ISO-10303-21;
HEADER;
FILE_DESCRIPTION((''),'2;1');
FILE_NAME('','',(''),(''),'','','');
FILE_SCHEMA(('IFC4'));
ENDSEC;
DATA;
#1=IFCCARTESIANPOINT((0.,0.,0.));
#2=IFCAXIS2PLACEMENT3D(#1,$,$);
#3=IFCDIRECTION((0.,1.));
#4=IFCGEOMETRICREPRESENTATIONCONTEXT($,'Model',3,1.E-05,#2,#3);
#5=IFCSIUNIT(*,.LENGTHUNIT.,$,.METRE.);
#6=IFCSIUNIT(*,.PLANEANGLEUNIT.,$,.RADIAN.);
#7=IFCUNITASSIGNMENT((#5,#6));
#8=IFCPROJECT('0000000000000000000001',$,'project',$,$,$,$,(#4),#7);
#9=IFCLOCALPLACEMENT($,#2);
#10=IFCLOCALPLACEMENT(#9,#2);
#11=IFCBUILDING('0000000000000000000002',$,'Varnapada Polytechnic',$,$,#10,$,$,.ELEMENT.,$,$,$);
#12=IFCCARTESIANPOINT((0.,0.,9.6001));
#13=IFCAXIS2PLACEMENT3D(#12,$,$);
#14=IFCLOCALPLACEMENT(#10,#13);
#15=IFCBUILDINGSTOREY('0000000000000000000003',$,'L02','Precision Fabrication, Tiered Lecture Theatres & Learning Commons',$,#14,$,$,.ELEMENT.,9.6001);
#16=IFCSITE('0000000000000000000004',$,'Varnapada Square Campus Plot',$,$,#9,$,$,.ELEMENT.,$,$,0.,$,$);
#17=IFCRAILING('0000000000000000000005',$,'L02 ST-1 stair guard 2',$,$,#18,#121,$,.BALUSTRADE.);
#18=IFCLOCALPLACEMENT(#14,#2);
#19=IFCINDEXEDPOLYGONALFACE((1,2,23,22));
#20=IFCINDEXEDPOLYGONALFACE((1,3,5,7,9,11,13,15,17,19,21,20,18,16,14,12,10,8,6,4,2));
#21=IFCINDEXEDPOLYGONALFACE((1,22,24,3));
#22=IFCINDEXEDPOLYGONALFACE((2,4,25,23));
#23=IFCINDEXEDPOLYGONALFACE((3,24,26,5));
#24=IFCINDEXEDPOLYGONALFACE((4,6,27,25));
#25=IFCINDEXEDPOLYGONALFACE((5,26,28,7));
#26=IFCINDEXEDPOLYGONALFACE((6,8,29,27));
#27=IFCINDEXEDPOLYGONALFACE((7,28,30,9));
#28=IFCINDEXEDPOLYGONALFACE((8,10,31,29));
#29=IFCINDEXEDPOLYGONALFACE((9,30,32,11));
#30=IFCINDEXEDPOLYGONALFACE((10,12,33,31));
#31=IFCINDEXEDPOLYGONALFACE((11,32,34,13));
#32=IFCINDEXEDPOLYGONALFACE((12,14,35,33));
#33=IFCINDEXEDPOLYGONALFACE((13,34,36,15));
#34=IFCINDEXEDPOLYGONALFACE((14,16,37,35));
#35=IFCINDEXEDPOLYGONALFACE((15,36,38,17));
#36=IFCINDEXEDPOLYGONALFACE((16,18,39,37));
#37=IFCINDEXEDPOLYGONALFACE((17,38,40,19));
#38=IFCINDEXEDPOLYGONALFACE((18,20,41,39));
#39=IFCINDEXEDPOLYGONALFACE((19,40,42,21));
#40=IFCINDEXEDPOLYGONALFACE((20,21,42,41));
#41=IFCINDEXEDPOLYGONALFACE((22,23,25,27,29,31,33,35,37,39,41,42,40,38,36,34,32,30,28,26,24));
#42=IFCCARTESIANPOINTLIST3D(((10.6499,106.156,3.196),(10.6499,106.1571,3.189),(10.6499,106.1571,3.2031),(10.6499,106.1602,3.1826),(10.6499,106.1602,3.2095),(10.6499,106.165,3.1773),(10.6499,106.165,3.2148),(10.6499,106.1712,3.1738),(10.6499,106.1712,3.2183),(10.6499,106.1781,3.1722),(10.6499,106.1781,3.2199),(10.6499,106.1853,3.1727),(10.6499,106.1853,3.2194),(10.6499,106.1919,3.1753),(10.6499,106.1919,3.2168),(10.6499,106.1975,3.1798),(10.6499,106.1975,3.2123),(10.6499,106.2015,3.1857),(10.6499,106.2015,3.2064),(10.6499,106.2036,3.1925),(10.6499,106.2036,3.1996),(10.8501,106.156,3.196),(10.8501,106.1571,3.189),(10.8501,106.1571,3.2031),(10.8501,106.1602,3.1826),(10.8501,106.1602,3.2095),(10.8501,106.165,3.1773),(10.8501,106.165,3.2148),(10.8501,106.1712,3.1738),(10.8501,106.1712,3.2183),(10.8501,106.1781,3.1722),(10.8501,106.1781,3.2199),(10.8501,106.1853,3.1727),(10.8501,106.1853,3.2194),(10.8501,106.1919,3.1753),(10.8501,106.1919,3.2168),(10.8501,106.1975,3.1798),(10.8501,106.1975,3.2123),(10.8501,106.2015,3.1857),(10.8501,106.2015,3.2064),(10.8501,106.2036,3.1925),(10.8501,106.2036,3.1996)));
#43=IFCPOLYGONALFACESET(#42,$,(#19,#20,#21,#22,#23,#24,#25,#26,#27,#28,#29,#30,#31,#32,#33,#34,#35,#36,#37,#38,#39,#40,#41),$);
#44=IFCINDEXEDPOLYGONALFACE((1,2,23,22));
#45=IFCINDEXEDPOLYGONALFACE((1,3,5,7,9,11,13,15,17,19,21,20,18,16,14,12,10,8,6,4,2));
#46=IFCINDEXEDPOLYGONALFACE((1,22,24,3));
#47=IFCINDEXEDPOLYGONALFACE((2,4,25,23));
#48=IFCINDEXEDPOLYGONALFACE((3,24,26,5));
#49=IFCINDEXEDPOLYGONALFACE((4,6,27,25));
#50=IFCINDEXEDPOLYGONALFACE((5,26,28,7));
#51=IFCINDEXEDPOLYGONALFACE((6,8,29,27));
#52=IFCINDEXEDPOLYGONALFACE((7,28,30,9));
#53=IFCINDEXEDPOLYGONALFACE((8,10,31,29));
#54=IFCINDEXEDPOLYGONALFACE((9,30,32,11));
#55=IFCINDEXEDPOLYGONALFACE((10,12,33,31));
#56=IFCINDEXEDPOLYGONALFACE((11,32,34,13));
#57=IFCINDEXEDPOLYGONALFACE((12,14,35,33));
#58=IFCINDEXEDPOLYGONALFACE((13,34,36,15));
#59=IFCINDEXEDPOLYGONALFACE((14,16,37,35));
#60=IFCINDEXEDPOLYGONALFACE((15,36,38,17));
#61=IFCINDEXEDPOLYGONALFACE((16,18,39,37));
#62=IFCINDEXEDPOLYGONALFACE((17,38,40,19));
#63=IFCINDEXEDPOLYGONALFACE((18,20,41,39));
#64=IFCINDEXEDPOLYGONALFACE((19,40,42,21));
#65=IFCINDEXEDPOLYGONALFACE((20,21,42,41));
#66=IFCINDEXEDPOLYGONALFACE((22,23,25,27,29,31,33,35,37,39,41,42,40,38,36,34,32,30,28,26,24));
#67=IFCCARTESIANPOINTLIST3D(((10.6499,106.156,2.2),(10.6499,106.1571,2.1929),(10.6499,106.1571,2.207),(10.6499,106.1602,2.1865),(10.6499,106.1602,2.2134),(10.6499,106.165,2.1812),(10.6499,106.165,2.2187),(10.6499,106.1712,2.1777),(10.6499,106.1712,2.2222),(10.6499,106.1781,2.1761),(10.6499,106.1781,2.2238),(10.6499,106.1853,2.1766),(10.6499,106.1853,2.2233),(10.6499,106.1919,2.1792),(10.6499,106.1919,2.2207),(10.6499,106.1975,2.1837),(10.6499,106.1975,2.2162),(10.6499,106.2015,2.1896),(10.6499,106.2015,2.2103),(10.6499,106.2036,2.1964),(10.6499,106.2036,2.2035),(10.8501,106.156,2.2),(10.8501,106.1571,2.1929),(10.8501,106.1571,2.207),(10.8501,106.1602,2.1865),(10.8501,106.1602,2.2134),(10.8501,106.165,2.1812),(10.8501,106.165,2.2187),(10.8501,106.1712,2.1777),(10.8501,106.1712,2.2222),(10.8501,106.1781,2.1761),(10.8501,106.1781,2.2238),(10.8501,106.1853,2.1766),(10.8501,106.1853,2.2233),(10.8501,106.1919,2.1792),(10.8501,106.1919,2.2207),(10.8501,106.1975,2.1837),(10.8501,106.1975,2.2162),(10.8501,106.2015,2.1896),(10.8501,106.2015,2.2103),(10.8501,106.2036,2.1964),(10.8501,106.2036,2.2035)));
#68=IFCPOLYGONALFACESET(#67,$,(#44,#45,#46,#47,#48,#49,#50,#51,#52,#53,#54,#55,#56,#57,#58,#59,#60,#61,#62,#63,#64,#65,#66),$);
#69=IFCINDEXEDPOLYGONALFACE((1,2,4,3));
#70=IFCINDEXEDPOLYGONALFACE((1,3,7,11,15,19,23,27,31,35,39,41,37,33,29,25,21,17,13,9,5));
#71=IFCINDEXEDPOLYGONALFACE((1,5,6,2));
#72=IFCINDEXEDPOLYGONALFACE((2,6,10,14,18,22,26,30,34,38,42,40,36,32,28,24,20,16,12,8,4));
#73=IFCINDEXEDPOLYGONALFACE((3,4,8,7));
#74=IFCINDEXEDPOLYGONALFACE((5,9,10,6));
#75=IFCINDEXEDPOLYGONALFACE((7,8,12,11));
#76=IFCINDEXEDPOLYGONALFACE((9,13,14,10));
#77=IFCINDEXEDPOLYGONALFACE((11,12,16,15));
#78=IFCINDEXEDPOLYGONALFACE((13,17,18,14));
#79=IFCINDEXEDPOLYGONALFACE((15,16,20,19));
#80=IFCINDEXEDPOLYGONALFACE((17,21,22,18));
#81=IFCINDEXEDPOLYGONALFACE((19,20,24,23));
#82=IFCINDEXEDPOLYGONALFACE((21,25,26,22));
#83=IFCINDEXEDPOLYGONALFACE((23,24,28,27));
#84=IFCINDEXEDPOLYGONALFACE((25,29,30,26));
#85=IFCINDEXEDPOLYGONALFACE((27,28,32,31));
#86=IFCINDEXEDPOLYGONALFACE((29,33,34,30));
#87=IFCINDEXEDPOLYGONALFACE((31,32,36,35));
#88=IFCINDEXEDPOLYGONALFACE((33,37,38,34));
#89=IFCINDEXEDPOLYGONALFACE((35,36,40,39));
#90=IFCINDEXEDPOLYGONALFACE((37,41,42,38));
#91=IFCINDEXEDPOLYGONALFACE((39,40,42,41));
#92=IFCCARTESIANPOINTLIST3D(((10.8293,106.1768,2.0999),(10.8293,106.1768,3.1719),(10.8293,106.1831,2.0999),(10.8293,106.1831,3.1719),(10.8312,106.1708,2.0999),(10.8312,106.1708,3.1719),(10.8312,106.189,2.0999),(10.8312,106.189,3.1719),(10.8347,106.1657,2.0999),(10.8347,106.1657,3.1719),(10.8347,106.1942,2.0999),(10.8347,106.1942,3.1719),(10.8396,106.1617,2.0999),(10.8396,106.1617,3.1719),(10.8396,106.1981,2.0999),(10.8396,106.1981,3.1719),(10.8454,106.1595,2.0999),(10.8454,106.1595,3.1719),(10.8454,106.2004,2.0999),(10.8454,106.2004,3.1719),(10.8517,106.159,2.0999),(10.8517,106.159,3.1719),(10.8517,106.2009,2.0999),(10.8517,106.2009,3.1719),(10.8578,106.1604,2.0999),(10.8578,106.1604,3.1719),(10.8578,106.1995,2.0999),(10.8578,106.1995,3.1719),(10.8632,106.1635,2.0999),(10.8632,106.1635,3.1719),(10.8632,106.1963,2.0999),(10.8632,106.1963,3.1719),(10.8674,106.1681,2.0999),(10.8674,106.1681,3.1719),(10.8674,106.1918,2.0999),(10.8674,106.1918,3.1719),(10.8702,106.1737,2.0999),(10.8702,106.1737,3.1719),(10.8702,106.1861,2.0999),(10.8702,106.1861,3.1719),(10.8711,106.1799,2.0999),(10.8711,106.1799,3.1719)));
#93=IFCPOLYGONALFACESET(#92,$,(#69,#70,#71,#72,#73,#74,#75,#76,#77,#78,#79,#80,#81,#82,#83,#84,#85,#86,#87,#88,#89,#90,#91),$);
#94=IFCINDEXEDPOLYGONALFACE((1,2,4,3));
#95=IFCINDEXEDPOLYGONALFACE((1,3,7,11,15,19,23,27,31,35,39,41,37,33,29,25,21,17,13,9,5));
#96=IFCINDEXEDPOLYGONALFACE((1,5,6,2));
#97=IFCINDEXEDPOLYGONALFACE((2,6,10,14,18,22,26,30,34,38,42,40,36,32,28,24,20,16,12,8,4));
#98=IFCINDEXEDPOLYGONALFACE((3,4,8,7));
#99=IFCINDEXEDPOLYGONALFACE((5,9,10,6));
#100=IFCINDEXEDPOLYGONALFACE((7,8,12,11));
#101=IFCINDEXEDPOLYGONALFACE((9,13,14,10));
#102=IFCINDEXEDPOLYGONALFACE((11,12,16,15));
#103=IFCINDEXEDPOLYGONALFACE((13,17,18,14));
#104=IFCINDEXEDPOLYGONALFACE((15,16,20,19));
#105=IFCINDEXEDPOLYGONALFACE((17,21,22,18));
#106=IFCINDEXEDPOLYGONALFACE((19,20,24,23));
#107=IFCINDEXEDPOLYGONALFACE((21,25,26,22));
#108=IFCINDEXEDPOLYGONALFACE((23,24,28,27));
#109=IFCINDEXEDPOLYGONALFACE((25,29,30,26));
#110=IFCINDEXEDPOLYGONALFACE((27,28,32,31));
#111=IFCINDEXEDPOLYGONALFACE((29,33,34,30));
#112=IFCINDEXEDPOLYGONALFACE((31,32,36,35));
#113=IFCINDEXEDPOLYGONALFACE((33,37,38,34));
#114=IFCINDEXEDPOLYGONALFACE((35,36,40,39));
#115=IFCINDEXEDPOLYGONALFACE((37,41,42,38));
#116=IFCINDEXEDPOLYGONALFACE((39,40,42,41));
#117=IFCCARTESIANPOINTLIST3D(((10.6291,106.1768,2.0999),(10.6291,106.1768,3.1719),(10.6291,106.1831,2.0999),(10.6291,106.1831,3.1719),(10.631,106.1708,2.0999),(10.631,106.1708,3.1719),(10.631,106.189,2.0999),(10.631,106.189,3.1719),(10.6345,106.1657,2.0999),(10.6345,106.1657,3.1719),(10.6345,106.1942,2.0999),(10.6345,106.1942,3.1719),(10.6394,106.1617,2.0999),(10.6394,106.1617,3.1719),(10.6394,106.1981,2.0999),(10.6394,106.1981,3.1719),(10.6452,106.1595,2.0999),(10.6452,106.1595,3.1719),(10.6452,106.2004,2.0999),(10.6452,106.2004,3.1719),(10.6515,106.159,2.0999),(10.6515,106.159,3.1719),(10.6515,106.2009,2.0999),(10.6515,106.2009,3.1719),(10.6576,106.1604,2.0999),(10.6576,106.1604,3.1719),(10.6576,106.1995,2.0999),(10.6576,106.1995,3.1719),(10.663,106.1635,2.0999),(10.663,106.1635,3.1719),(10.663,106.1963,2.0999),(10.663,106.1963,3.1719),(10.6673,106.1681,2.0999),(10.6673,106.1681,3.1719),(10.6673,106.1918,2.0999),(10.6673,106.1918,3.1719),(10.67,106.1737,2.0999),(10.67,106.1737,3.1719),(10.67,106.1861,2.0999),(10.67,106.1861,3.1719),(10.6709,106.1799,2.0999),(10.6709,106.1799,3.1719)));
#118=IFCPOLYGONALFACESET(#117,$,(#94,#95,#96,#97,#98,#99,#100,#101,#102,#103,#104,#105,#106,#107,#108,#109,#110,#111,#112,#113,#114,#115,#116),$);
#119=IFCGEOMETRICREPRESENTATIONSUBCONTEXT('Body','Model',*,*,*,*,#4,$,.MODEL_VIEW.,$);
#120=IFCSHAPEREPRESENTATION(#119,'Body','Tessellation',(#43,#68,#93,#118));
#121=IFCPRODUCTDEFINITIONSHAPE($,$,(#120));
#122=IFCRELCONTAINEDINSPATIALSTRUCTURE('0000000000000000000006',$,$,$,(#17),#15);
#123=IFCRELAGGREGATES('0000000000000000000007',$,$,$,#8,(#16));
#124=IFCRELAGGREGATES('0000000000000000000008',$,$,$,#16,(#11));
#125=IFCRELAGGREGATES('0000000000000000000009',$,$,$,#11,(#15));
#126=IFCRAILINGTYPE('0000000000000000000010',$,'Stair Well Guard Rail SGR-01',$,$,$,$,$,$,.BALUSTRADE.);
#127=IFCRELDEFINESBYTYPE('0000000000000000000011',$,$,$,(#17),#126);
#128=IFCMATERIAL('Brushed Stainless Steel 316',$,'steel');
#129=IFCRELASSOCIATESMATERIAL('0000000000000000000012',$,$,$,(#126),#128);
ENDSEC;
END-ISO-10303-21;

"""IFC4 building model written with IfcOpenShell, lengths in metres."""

from ifc_helpers import new_model, si_unit, direction, frame, origin, origin_2d, place, context, subcontext, project, spatial, circle, extrude, material, type_object, element, save


model = new_model("IFC4")

# Units and contexts
model_context = context("Model", 3, precision=1e-05, world=origin(), true_north=direction((0.0, 1.0)))
body_context = subcontext(model_context, "Body", "Model", "MODEL_VIEW")
ifc_project = project(units=[si_unit("LENGTHUNIT", "METRE"), si_unit("PLANEANGLEUNIT", "RADIAN")], contexts=[model_context])

# Site, building, storey
site_placement = place(None, origin())
site = spatial("IfcSite", under=ifc_project, at=site_placement, Name="Varnapada Square Campus Plot", CompositionType="ELEMENT", RefElevation=0.0)
building_placement = place(site_placement, origin())
building = spatial("IfcBuilding", under=site, at=building_placement, Name="Varnapada Polytechnic", CompositionType="ELEMENT")
storey_placement = place(building_placement, frame((0.0, 0.0, 9.6001)))
storey = spatial("IfcBuildingStorey", under=building, at=storey_placement, Name="L02", Description="Precision Fabrication, Tiered Lecture Theatres & Learning Commons", CompositionType="ELEMENT", Elevation=9.6001)

# Railing
ifc_material_1 = material(Name="Brushed Stainless Steel 316", Category="steel")
railing_type_1 = type_object("IfcRailingType", Name="Stair Well Guard Rail SGR-01", PredefinedType="BALUSTRADE", material=ifc_material_1)
railing_1_placement = place(storey_placement, frame((10.8501, 106.1799, 2.0999)))
element("IfcRailing", 1, at=railing_1_placement, inside=storey, type_object=railing_type_1, Name="L02 ST-1 stair guard 2", PredefinedType="BALUSTRADE", context=body_context, shape_type="SweptSolid", body=[
    extrude(circle(Radius=0.0239, at=origin_2d()), frame((0.0, 0.0, 1.0962), z_axis=(-1.0, 0.0, 0.0), x_axis=(0.0, -1.0, 0.0)), (0.0, 0.0, 1.0), 0.2002),
    extrude(circle(Radius=0.0239, at=origin_2d()), frame((0.0, 0.0, 0.1001), z_axis=(-1.0, 0.0, 0.0), x_axis=(0.0, -1.0, 0.0)), (0.0, 0.0, 1.0), 0.2002),
    extrude(circle(Radius=0.021, at=origin_2d()), origin(), (0.0, 0.0, 1.0), 1.072),
    extrude(circle(Radius=0.021, at=origin_2d()), frame((-0.2002, 0.0, 0.0)), (0.0, 0.0, 1.0), 1.072),
])

save(model, "model.ifc")
